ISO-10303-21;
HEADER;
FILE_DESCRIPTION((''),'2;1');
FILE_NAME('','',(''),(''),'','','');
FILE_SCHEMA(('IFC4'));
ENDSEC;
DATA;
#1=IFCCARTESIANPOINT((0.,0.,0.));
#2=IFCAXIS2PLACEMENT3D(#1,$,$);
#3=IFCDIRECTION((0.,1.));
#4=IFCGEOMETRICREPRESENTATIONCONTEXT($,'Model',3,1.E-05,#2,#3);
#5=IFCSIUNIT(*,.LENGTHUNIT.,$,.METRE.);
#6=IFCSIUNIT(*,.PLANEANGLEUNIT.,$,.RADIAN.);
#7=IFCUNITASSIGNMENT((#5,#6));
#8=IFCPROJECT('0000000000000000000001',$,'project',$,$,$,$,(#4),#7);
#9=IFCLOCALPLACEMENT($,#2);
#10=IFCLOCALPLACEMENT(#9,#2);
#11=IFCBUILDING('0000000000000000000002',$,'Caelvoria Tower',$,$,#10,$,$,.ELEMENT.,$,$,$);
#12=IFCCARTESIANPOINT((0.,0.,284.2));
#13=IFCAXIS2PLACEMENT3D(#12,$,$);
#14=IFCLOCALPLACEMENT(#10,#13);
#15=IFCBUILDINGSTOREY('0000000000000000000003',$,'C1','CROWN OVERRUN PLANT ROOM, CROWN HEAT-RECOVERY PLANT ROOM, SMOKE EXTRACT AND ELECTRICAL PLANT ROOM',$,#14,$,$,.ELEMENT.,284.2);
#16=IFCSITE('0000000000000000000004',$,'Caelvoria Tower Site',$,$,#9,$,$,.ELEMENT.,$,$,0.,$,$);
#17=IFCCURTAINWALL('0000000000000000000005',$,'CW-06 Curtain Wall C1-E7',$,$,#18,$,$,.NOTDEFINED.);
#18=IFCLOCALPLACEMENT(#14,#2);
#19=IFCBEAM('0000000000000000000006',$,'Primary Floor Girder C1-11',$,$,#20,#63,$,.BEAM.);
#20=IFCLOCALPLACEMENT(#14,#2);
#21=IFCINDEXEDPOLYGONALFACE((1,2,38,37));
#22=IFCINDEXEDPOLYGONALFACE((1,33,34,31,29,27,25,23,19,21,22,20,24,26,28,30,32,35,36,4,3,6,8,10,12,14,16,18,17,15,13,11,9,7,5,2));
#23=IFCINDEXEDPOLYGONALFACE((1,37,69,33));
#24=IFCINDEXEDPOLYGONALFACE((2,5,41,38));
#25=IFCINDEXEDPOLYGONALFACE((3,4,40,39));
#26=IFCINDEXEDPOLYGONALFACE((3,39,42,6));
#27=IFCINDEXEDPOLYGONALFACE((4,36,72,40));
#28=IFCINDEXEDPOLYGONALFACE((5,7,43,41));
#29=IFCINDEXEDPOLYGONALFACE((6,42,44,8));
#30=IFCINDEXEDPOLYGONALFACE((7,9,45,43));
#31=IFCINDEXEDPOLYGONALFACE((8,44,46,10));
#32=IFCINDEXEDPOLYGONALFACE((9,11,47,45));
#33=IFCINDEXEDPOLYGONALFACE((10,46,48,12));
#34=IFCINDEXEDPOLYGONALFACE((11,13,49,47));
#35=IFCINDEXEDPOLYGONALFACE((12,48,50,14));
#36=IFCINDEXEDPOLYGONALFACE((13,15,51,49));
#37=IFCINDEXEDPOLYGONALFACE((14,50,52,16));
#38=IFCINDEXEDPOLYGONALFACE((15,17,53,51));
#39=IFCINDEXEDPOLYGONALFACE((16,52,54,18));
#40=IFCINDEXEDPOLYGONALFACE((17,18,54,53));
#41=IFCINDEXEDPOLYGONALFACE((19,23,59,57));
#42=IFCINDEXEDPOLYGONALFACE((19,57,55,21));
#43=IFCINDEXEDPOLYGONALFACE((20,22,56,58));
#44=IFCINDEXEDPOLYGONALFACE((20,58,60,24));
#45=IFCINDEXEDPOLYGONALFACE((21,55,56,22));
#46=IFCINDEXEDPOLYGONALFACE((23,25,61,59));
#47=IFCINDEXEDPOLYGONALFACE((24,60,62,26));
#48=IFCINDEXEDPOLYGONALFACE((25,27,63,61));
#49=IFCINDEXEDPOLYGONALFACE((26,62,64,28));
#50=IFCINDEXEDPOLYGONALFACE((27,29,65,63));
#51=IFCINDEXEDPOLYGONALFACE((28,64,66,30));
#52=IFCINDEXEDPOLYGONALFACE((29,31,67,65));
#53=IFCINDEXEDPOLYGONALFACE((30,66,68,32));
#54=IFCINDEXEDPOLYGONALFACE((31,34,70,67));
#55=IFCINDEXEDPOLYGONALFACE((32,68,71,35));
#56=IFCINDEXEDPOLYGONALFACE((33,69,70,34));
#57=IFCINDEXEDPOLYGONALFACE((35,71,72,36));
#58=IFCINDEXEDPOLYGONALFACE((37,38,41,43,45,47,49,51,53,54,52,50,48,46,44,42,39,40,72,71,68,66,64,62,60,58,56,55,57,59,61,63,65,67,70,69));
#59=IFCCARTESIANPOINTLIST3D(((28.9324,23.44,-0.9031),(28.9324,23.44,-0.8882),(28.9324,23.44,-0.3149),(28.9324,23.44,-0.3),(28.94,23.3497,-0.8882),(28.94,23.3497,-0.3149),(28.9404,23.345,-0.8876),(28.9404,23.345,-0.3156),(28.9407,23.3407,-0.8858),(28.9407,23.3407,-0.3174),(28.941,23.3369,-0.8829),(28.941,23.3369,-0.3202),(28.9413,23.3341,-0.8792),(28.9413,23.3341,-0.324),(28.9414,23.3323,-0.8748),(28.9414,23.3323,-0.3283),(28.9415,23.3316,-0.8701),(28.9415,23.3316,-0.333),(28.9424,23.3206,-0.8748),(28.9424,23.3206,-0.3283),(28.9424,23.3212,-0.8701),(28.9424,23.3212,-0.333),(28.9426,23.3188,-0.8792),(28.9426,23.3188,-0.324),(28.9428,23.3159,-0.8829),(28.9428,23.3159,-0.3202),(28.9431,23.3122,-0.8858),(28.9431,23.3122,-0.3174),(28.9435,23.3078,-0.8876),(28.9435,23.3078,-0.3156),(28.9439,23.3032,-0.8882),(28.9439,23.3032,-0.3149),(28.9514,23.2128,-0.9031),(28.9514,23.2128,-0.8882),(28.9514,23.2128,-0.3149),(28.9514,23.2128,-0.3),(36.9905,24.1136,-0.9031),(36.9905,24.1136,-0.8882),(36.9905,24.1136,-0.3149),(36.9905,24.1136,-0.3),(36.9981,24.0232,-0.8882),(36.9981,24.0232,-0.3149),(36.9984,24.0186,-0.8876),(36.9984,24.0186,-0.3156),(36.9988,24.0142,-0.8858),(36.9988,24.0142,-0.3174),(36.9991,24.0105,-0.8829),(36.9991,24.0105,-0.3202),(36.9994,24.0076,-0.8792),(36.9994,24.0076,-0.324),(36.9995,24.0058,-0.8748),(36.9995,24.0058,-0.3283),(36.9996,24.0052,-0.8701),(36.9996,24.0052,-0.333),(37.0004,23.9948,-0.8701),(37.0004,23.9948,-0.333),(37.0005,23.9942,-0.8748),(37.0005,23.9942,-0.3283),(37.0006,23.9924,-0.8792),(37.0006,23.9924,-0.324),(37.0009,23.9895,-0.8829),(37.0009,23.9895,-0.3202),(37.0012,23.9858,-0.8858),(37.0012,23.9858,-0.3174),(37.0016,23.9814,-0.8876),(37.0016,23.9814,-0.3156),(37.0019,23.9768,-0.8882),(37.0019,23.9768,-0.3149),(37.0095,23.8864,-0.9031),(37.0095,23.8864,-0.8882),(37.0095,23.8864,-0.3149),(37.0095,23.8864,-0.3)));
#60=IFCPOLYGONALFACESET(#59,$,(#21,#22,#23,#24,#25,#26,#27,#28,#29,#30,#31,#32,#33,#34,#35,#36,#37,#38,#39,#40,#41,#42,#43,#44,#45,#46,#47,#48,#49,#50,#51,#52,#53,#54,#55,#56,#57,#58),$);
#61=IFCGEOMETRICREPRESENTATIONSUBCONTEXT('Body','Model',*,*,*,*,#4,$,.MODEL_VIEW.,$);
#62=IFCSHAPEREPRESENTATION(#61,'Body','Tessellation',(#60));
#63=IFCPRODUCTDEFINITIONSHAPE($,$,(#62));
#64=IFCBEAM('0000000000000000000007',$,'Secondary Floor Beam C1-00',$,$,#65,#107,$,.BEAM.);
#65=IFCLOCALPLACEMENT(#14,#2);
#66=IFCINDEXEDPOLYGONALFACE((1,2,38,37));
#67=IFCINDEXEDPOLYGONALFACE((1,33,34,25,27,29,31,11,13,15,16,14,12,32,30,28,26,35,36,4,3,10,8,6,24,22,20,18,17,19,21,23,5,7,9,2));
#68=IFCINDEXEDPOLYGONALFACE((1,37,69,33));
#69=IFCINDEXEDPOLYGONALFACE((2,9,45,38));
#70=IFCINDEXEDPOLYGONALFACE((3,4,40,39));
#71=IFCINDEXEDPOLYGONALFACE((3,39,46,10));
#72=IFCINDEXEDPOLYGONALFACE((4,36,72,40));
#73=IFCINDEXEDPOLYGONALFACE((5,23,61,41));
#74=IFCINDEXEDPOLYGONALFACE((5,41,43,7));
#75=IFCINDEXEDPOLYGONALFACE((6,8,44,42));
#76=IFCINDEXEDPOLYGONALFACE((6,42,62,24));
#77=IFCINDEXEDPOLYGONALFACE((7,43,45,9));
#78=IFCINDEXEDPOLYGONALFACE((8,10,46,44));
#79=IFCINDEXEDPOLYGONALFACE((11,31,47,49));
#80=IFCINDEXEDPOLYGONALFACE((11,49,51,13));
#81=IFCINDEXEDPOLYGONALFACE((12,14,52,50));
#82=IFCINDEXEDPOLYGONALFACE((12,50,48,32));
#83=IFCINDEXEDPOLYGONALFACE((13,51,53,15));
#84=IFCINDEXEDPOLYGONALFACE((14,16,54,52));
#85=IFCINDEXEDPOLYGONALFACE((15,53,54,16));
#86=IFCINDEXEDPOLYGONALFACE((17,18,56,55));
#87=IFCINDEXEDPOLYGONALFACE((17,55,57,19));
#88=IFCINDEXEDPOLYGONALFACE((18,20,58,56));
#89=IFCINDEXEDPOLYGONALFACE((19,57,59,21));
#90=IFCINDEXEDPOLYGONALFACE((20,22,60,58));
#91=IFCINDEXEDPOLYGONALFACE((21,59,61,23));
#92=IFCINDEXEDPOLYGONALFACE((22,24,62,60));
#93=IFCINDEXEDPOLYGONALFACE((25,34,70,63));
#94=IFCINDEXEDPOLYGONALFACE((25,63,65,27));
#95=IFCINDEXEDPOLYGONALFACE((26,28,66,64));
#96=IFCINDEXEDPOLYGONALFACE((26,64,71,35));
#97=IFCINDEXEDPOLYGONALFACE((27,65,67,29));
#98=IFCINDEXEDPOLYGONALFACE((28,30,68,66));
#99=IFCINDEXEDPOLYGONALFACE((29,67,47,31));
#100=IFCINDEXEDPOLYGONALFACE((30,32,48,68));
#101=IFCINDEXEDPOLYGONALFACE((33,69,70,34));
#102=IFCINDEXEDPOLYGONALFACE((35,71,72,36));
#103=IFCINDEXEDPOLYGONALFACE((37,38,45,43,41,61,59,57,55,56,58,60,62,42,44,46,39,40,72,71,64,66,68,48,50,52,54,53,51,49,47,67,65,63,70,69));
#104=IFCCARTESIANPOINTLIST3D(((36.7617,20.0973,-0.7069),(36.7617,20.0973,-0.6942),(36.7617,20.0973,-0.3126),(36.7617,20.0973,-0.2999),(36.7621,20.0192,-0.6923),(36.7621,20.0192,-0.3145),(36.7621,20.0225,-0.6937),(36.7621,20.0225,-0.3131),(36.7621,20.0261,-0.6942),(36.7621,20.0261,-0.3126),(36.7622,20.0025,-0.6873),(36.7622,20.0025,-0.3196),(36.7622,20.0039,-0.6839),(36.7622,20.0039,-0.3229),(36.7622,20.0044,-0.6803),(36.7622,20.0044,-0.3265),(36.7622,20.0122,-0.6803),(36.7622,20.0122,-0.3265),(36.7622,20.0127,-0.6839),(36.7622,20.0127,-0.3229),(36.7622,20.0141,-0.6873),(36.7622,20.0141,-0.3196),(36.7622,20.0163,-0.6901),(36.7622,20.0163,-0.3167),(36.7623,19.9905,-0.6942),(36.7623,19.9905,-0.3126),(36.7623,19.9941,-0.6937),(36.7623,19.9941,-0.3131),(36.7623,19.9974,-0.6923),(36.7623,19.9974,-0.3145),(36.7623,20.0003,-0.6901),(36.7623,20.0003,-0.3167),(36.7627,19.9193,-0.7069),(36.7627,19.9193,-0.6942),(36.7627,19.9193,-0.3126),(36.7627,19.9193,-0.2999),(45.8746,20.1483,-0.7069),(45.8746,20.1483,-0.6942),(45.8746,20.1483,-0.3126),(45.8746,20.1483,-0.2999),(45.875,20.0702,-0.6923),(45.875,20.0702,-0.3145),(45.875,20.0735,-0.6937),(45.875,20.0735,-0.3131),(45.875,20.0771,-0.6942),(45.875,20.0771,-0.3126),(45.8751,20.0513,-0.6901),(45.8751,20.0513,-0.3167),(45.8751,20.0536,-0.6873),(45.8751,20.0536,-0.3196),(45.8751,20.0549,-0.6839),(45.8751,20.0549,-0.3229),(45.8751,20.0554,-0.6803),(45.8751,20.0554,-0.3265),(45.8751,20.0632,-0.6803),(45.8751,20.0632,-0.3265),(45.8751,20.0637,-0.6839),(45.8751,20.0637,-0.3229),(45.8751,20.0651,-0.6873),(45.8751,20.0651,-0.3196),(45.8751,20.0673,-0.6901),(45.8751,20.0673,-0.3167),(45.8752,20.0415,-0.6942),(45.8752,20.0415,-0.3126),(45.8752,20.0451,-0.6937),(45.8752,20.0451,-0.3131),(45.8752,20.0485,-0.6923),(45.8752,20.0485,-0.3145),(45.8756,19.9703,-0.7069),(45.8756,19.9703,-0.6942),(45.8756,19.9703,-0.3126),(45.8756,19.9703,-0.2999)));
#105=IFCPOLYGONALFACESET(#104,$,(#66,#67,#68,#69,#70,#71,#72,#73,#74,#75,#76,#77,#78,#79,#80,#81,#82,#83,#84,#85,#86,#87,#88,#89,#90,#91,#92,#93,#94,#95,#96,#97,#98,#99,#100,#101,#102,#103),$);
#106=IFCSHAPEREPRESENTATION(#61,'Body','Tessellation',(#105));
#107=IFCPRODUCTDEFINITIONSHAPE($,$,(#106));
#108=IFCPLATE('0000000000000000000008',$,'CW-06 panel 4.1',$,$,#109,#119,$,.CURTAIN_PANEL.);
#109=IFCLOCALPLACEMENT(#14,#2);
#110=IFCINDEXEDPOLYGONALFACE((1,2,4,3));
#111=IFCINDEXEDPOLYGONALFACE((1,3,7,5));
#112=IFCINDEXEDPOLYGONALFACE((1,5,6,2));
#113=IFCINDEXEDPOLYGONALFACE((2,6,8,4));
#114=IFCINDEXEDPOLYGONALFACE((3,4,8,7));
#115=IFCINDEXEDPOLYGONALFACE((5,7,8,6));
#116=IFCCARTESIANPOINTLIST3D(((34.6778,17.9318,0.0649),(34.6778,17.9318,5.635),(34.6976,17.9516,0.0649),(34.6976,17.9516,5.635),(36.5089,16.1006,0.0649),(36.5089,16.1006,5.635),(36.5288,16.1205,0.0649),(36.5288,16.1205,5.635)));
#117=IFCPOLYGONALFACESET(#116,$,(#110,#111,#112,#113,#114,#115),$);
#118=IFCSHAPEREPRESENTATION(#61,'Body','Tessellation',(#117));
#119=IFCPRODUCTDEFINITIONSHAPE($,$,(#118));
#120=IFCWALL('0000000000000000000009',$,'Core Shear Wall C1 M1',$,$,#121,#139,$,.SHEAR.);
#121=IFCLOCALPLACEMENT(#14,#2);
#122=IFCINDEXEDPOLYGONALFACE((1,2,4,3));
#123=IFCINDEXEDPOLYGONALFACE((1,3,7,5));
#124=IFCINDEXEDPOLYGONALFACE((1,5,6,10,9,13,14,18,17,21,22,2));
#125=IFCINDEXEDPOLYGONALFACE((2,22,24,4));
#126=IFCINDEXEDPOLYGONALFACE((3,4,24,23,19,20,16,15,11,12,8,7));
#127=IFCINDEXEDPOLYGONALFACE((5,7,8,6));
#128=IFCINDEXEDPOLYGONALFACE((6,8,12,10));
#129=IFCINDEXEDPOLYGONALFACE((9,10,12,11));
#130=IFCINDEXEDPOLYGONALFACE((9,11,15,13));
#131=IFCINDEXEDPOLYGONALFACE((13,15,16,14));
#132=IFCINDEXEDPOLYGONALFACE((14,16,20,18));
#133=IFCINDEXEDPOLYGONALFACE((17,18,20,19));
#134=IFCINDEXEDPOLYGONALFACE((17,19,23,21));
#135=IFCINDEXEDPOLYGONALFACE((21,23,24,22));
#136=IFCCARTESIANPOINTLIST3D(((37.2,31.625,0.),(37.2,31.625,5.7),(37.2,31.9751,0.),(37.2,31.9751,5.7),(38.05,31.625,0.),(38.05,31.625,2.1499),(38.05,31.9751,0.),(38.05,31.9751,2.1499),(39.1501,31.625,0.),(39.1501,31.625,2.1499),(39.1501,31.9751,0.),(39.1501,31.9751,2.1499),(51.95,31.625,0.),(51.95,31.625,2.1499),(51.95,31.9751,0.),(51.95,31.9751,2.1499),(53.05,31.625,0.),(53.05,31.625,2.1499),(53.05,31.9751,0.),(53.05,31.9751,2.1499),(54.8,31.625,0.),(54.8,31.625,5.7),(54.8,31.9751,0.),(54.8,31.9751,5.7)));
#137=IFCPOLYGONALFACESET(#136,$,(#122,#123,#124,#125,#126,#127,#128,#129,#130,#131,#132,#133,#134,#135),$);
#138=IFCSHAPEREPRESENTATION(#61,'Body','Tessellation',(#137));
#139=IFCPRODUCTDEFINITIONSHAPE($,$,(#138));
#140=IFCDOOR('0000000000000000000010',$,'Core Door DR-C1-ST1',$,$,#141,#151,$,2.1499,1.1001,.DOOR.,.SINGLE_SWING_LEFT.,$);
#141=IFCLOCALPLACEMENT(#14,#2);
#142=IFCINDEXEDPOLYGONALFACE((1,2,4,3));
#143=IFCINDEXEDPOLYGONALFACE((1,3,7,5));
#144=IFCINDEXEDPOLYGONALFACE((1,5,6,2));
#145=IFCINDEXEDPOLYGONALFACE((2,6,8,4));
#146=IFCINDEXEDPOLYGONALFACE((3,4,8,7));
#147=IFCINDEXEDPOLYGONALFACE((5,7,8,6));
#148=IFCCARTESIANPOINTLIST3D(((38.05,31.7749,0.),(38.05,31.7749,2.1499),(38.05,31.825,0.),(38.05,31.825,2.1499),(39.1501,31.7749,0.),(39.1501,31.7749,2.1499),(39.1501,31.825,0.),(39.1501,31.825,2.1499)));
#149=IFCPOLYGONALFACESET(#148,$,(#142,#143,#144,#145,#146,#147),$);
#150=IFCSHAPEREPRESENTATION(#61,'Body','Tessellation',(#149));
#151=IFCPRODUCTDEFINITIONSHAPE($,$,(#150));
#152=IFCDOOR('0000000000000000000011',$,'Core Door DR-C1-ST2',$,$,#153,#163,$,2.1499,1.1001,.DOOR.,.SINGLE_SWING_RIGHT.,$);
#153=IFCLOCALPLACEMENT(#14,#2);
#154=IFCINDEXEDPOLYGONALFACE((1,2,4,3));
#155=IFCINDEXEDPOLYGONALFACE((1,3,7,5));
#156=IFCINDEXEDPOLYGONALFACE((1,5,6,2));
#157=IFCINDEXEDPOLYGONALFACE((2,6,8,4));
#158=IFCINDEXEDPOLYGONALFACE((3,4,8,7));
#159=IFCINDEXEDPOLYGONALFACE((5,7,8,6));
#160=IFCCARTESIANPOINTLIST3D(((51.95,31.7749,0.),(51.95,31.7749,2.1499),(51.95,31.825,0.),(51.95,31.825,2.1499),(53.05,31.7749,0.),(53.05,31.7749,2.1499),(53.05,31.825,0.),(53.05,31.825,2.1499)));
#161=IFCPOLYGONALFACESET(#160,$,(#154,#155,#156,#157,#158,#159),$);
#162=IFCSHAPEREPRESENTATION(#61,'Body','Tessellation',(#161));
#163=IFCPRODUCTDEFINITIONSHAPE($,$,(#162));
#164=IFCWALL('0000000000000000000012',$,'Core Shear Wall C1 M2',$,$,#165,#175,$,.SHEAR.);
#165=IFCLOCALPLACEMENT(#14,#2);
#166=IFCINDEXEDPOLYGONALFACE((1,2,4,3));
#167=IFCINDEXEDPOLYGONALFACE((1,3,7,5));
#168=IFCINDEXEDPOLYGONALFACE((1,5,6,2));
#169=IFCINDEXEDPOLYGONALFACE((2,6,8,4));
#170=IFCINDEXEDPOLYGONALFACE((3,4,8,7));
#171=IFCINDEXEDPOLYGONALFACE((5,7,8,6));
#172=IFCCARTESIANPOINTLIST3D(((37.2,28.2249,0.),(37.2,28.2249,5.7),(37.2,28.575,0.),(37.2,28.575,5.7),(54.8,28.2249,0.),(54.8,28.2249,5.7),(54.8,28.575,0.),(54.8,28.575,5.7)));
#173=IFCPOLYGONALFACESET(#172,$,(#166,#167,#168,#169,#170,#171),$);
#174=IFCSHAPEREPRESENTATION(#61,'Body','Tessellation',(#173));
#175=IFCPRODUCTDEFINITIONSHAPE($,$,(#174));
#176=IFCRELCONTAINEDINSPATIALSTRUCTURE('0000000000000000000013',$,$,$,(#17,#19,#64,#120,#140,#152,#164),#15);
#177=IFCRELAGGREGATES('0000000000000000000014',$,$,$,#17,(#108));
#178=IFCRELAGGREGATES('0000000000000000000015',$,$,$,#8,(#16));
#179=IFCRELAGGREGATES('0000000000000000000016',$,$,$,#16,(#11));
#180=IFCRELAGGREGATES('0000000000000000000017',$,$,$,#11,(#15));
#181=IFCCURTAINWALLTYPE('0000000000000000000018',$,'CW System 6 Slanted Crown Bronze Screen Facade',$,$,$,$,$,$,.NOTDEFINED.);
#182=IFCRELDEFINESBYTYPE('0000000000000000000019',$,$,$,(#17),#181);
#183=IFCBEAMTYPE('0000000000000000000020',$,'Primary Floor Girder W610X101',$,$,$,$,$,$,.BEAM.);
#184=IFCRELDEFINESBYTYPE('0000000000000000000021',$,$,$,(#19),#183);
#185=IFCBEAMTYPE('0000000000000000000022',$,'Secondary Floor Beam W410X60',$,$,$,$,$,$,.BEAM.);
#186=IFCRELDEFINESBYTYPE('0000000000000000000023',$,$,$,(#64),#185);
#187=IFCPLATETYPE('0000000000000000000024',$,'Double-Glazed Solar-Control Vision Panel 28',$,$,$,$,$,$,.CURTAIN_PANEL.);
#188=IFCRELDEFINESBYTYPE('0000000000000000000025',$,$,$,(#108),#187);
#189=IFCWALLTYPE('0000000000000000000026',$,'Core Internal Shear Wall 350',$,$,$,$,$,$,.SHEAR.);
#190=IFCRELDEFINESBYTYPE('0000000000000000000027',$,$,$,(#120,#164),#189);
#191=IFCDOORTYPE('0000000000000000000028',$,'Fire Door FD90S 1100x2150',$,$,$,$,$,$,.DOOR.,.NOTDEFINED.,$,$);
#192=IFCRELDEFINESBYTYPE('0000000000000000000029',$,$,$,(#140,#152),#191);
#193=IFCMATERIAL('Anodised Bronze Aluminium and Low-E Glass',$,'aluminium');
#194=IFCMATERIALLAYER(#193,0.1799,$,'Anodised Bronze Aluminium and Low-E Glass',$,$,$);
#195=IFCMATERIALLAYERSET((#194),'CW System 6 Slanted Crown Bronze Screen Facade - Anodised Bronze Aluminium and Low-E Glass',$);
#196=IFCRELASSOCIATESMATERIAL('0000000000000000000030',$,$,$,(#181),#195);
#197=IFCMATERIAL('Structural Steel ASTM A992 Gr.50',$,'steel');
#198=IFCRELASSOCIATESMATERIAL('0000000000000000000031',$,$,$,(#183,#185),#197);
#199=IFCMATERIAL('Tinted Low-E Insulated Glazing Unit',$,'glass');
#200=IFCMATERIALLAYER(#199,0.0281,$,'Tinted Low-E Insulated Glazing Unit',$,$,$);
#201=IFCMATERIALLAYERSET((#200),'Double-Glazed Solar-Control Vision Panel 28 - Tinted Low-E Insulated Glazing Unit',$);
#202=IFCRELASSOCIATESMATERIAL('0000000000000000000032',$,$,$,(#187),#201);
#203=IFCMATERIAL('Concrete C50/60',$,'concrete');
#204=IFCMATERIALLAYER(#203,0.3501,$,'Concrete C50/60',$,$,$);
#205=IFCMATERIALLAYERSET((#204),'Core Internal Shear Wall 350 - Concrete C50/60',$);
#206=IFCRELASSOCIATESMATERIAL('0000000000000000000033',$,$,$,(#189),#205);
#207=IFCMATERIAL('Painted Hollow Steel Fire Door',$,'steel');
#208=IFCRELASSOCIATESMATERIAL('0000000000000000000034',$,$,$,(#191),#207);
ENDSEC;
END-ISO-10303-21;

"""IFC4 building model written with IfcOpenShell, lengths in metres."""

from ifc_helpers import new_model, si_unit, direction, frame, frame_2d, origin, origin_2d, place, context, subcontext, project, spatial, rectangle, i_section, extrude, material, layer, layer_set, material_profile, profile_set, type_object, element, fill, aggregate, save


model = new_model("IFC4")

# Units and contexts
model_context = context("Model", 3, precision=1e-05, world=origin(), true_north=direction((0.0, 1.0)))
body_context = subcontext(model_context, "Body", "Model", "MODEL_VIEW")
ifc_project = project(units=[si_unit("LENGTHUNIT", "METRE"), si_unit("PLANEANGLEUNIT", "RADIAN")], contexts=[model_context])

# Site, building, storey
site_placement = place(None, origin())
site = spatial("IfcSite", under=ifc_project, at=site_placement, Name="Caelvoria Tower Site", CompositionType="ELEMENT", RefElevation=0.0)
building_placement = place(site_placement, origin())
building = spatial("IfcBuilding", under=site, at=building_placement, Name="Caelvoria Tower", CompositionType="ELEMENT")
storey_placement = place(building_placement, frame((0.0, 0.0, 284.2)))
storey = spatial("IfcBuildingStorey", under=building, at=storey_placement, Name="C1", Description="CROWN OVERRUN PLANT ROOM, CROWN HEAT-RECOVERY PLANT ROOM, SMOKE EXTRACT AND ELECTRICAL PLANT ROOM", CompositionType="ELEMENT", Elevation=284.2)

# Curtain wall
ifc_material_1 = material(Name="Anodised Bronze Aluminium and Low-E Glass", Category="aluminium")
ifc_layer_1 = layer(ifc_material_1, 0.1799, Name="Anodised Bronze Aluminium and Low-E Glass")
ifc_layer_set_1 = layer_set([ifc_layer_1], Name="CW System 6 Slanted Crown Bronze Screen Facade - Anodised Bronze Aluminium and Low-E Glass")
curtain_wall_type = type_object("IfcCurtainWallType", Name="CW System 6 Slanted Crown Bronze Screen Facade", PredefinedType="NOTDEFINED", material=ifc_layer_set_1)
curtain_wall_1_placement = place(storey_placement, origin())
curtain_wall_1 = element("IfcCurtainWall", 1, at=curtain_wall_1_placement, inside=storey, type_object=curtain_wall_type, Name="CW-06 Curtain Wall C1-E7", PredefinedType="NOTDEFINED")

# Beams
ifc_material_2 = material(Name="Structural Steel ASTM A992 Gr.50", Category="steel")
ifc_material_profile_1 = material_profile(ifc_material_2, i_section(OverallWidth=0.228, OverallDepth=0.603, WebThickness=0.0105, FlangeThickness=0.0149, FilletRadius=0.0181, at=origin_2d()), Name="Structural Steel ASTM A992 Gr.50")
ifc_profile_set_1 = profile_set([ifc_material_profile_1], Name="W610X101 - Structural Steel ASTM A992 Gr.50")
beam_type_1 = type_object("IfcBeamType", Name="Primary Floor Girder W610X101", PredefinedType="BEAM", material=ifc_profile_set_1)
beam_1_placement = place(storey_placement, frame((37.0, 24.0, -0.6016), z_axis=(-0.996524, -0.0833, 0.0), x_axis=(0.0833, -0.996524, 0.0)))
element("IfcBeam", 2, at=beam_1_placement, inside=storey, type_object=beam_type_1, Name="Primary Floor Girder C1-11", PredefinedType="BEAM", context=body_context, shape_type="SweptSolid", body=[
    extrude(i_section(OverallWidth=0.228, OverallDepth=0.603, WebThickness=0.0105, FlangeThickness=0.0149, FilletRadius=0.0181, at=origin_2d()), origin(), (0.0, 0.0, 1.0), 8.0862),
])
ifc_material_profile_2 = material_profile(ifc_material_2, i_section(OverallWidth=0.178, OverallDepth=0.407, WebThickness=0.0078, FlangeThickness=0.0127, FilletRadius=0.0139, at=origin_2d()), Name="Structural Steel ASTM A992 Gr.50")
ifc_profile_set_2 = profile_set([ifc_material_profile_2], Name="W410X60 - Structural Steel ASTM A992 Gr.50")
beam_type_2 = type_object("IfcBeamType", Name="Secondary Floor Beam W410X60", PredefinedType="BEAM", material=ifc_profile_set_2)
beam_2_placement = place(storey_placement, frame((36.7622, 20.0083, -0.5034), z_axis=(0.999984, 0.005599, 0.0), x_axis=(-0.005599, 0.999984, 0.0)))
element("IfcBeam", 3, at=beam_2_placement, inside=storey, type_object=beam_type_2, Name="Secondary Floor Beam C1-00", PredefinedType="BEAM", context=body_context, shape_type="SweptSolid", body=[
    extrude(i_section(OverallWidth=0.178, OverallDepth=0.407, WebThickness=0.0078, FlangeThickness=0.0127, FilletRadius=0.0139, at=origin_2d()), origin(), (0.0, 0.0, 1.0), 9.113),
])

# Plate
ifc_material_3 = material(Name="Tinted Low-E Insulated Glazing Unit", Category="glass")
ifc_layer_2 = layer(ifc_material_3, 0.0281, Name="Tinted Low-E Insulated Glazing Unit")
ifc_layer_set_2 = layer_set([ifc_layer_2], Name="Double-Glazed Solar-Control Vision Panel 28 - Tinted Low-E Insulated Glazing Unit")
plate_type = type_object("IfcPlateType", Name="Double-Glazed Solar-Control Vision Panel 28", PredefinedType="CURTAIN_PANEL", material=ifc_layer_set_2)
plate_placement = place(storey_placement, frame((35.6033, 17.0261, 0.0649), z_axis=(0.0, 0.0, 1.0), x_axis=(0.707107, -0.707107, 0.0)))
plate = element("IfcPlate", 4, at=plate_placement, type_object=plate_type, Name="CW-06 panel 4.1", PredefinedType="CURTAIN_PANEL", context=body_context, shape_type="SweptSolid", body=[
    extrude(rectangle(XDim=2.5896, YDim=0.0281, at=origin_2d()), origin(), (0.0, 0.0, 1.0), 5.5701),
])
aggregate(curtain_wall_1, [plate])

# Wall, openings, doors
ifc_material_4 = material(Name="Concrete C50/60", Category="concrete")
ifc_layer_3 = layer(ifc_material_4, 0.3501, Name="Concrete C50/60")
ifc_layer_set_3 = layer_set([ifc_layer_3], Name="Core Internal Shear Wall 350 - Concrete C50/60")
wall_type_1 = type_object("IfcWallType", Name="Core Internal Shear Wall 350", PredefinedType="SHEAR", material=ifc_layer_set_3)
wall_1_placement = place(storey_placement, frame((37.2, 31.8, 0.0), z_axis=(0.0, 0.0, 1.0), x_axis=(1.0, 0.0, 0.0)))
wall_1 = element("IfcWall", 5, at=wall_1_placement, inside=storey, type_object=wall_type_1, Name="Core Shear Wall C1 M1", PredefinedType="SHEAR", context=body_context, shape_type="SweptSolid", body=[
    extrude(rectangle(XDim=17.6001, YDim=0.3501, at=frame_2d((8.8, 0.0))), origin(), (0.0, 0.0, 1.0), 5.7),
])
opening_1_placement = place(wall_1_placement, frame((0.8501, 0.0, 0.0)))
opening_1 = element("IfcOpeningElement", 6, at=opening_1_placement, cuts=wall_1, PredefinedType="OPENING", context=body_context, shape_type="SweptSolid", body=[
    extrude(rectangle(XDim=1.1001, YDim=2.1499, at=frame_2d((0.55, 1.075))), frame((0.0, 0.1851, 0.0), z_axis=(0.0, -1.0, 0.0), x_axis=(1.0, 0.0, 0.0)), (0.0, 0.0, 1.0), 0.3701),
])
opening_2_placement = place(wall_1_placement, frame((14.75, 0.0, 0.0)))
opening_2 = element("IfcOpeningElement", 7, at=opening_2_placement, cuts=wall_1, PredefinedType="OPENING", context=body_context, shape_type="SweptSolid", body=[
    extrude(rectangle(XDim=1.1001, YDim=2.1499, at=frame_2d((0.55, 1.075))), frame((0.0, 0.1851, 0.0), z_axis=(0.0, -1.0, 0.0), x_axis=(1.0, 0.0, 0.0)), (0.0, 0.0, 1.0), 0.3701),
])
ifc_material_5 = material(Name="Painted Hollow Steel Fire Door", Category="steel")
door_type_1 = type_object("IfcDoorType", Name="Fire Door FD90S 1100x2150", OperationType="NOTDEFINED", PredefinedType="DOOR", material=ifc_material_5)
door_1_placement = place(opening_1_placement, origin())
door_1 = element("IfcDoor", 8, at=door_1_placement, inside=storey, type_object=door_type_1, Name="Core Door DR-C1-ST1", OperationType="SINGLE_SWING_LEFT", OverallHeight=2.1499, OverallWidth=1.1001, PredefinedType="DOOR", context=body_context, shape_type="SweptSolid", body=[
    extrude(rectangle(XDim=1.1001, YDim=2.1499, at=frame_2d((0.55, 1.075))), frame((0.0, 0.0249, 0.0), z_axis=(0.0, -1.0, 0.0), x_axis=(1.0, 0.0, 0.0)), (0.0, 0.0, 1.0), 0.05),
])
fill(opening_1, door_1)
door_2_placement = place(opening_2_placement, origin())
door_2 = element("IfcDoor", 9, at=door_2_placement, inside=storey, type_object=door_type_1, Name="Core Door DR-C1-ST2", OperationType="SINGLE_SWING_RIGHT", OverallHeight=2.1499, OverallWidth=1.1001, PredefinedType="DOOR", context=body_context, shape_type="SweptSolid", body=[
    extrude(rectangle(XDim=1.1001, YDim=2.1499, at=frame_2d((0.55, 1.075))), frame((0.0, 0.0249, 0.0), z_axis=(0.0, -1.0, 0.0), x_axis=(1.0, 0.0, 0.0)), (0.0, 0.0, 1.0), 0.05),
])
fill(opening_2, door_2)

# Wall
wall_2_placement = place(storey_placement, frame((37.2, 28.3999, 0.0), z_axis=(0.0, 0.0, 1.0), x_axis=(1.0, 0.0, 0.0)))
element("IfcWall", 10, at=wall_2_placement, inside=storey, type_object=wall_type_1, Name="Core Shear Wall C1 M2", PredefinedType="SHEAR", context=body_context, shape_type="SweptSolid", body=[
    extrude(rectangle(XDim=17.6001, YDim=0.3501, at=frame_2d((8.8, 0.0))), origin(), (0.0, 0.0, 1.0), 5.7),
])

save(model, "model.ifc")
